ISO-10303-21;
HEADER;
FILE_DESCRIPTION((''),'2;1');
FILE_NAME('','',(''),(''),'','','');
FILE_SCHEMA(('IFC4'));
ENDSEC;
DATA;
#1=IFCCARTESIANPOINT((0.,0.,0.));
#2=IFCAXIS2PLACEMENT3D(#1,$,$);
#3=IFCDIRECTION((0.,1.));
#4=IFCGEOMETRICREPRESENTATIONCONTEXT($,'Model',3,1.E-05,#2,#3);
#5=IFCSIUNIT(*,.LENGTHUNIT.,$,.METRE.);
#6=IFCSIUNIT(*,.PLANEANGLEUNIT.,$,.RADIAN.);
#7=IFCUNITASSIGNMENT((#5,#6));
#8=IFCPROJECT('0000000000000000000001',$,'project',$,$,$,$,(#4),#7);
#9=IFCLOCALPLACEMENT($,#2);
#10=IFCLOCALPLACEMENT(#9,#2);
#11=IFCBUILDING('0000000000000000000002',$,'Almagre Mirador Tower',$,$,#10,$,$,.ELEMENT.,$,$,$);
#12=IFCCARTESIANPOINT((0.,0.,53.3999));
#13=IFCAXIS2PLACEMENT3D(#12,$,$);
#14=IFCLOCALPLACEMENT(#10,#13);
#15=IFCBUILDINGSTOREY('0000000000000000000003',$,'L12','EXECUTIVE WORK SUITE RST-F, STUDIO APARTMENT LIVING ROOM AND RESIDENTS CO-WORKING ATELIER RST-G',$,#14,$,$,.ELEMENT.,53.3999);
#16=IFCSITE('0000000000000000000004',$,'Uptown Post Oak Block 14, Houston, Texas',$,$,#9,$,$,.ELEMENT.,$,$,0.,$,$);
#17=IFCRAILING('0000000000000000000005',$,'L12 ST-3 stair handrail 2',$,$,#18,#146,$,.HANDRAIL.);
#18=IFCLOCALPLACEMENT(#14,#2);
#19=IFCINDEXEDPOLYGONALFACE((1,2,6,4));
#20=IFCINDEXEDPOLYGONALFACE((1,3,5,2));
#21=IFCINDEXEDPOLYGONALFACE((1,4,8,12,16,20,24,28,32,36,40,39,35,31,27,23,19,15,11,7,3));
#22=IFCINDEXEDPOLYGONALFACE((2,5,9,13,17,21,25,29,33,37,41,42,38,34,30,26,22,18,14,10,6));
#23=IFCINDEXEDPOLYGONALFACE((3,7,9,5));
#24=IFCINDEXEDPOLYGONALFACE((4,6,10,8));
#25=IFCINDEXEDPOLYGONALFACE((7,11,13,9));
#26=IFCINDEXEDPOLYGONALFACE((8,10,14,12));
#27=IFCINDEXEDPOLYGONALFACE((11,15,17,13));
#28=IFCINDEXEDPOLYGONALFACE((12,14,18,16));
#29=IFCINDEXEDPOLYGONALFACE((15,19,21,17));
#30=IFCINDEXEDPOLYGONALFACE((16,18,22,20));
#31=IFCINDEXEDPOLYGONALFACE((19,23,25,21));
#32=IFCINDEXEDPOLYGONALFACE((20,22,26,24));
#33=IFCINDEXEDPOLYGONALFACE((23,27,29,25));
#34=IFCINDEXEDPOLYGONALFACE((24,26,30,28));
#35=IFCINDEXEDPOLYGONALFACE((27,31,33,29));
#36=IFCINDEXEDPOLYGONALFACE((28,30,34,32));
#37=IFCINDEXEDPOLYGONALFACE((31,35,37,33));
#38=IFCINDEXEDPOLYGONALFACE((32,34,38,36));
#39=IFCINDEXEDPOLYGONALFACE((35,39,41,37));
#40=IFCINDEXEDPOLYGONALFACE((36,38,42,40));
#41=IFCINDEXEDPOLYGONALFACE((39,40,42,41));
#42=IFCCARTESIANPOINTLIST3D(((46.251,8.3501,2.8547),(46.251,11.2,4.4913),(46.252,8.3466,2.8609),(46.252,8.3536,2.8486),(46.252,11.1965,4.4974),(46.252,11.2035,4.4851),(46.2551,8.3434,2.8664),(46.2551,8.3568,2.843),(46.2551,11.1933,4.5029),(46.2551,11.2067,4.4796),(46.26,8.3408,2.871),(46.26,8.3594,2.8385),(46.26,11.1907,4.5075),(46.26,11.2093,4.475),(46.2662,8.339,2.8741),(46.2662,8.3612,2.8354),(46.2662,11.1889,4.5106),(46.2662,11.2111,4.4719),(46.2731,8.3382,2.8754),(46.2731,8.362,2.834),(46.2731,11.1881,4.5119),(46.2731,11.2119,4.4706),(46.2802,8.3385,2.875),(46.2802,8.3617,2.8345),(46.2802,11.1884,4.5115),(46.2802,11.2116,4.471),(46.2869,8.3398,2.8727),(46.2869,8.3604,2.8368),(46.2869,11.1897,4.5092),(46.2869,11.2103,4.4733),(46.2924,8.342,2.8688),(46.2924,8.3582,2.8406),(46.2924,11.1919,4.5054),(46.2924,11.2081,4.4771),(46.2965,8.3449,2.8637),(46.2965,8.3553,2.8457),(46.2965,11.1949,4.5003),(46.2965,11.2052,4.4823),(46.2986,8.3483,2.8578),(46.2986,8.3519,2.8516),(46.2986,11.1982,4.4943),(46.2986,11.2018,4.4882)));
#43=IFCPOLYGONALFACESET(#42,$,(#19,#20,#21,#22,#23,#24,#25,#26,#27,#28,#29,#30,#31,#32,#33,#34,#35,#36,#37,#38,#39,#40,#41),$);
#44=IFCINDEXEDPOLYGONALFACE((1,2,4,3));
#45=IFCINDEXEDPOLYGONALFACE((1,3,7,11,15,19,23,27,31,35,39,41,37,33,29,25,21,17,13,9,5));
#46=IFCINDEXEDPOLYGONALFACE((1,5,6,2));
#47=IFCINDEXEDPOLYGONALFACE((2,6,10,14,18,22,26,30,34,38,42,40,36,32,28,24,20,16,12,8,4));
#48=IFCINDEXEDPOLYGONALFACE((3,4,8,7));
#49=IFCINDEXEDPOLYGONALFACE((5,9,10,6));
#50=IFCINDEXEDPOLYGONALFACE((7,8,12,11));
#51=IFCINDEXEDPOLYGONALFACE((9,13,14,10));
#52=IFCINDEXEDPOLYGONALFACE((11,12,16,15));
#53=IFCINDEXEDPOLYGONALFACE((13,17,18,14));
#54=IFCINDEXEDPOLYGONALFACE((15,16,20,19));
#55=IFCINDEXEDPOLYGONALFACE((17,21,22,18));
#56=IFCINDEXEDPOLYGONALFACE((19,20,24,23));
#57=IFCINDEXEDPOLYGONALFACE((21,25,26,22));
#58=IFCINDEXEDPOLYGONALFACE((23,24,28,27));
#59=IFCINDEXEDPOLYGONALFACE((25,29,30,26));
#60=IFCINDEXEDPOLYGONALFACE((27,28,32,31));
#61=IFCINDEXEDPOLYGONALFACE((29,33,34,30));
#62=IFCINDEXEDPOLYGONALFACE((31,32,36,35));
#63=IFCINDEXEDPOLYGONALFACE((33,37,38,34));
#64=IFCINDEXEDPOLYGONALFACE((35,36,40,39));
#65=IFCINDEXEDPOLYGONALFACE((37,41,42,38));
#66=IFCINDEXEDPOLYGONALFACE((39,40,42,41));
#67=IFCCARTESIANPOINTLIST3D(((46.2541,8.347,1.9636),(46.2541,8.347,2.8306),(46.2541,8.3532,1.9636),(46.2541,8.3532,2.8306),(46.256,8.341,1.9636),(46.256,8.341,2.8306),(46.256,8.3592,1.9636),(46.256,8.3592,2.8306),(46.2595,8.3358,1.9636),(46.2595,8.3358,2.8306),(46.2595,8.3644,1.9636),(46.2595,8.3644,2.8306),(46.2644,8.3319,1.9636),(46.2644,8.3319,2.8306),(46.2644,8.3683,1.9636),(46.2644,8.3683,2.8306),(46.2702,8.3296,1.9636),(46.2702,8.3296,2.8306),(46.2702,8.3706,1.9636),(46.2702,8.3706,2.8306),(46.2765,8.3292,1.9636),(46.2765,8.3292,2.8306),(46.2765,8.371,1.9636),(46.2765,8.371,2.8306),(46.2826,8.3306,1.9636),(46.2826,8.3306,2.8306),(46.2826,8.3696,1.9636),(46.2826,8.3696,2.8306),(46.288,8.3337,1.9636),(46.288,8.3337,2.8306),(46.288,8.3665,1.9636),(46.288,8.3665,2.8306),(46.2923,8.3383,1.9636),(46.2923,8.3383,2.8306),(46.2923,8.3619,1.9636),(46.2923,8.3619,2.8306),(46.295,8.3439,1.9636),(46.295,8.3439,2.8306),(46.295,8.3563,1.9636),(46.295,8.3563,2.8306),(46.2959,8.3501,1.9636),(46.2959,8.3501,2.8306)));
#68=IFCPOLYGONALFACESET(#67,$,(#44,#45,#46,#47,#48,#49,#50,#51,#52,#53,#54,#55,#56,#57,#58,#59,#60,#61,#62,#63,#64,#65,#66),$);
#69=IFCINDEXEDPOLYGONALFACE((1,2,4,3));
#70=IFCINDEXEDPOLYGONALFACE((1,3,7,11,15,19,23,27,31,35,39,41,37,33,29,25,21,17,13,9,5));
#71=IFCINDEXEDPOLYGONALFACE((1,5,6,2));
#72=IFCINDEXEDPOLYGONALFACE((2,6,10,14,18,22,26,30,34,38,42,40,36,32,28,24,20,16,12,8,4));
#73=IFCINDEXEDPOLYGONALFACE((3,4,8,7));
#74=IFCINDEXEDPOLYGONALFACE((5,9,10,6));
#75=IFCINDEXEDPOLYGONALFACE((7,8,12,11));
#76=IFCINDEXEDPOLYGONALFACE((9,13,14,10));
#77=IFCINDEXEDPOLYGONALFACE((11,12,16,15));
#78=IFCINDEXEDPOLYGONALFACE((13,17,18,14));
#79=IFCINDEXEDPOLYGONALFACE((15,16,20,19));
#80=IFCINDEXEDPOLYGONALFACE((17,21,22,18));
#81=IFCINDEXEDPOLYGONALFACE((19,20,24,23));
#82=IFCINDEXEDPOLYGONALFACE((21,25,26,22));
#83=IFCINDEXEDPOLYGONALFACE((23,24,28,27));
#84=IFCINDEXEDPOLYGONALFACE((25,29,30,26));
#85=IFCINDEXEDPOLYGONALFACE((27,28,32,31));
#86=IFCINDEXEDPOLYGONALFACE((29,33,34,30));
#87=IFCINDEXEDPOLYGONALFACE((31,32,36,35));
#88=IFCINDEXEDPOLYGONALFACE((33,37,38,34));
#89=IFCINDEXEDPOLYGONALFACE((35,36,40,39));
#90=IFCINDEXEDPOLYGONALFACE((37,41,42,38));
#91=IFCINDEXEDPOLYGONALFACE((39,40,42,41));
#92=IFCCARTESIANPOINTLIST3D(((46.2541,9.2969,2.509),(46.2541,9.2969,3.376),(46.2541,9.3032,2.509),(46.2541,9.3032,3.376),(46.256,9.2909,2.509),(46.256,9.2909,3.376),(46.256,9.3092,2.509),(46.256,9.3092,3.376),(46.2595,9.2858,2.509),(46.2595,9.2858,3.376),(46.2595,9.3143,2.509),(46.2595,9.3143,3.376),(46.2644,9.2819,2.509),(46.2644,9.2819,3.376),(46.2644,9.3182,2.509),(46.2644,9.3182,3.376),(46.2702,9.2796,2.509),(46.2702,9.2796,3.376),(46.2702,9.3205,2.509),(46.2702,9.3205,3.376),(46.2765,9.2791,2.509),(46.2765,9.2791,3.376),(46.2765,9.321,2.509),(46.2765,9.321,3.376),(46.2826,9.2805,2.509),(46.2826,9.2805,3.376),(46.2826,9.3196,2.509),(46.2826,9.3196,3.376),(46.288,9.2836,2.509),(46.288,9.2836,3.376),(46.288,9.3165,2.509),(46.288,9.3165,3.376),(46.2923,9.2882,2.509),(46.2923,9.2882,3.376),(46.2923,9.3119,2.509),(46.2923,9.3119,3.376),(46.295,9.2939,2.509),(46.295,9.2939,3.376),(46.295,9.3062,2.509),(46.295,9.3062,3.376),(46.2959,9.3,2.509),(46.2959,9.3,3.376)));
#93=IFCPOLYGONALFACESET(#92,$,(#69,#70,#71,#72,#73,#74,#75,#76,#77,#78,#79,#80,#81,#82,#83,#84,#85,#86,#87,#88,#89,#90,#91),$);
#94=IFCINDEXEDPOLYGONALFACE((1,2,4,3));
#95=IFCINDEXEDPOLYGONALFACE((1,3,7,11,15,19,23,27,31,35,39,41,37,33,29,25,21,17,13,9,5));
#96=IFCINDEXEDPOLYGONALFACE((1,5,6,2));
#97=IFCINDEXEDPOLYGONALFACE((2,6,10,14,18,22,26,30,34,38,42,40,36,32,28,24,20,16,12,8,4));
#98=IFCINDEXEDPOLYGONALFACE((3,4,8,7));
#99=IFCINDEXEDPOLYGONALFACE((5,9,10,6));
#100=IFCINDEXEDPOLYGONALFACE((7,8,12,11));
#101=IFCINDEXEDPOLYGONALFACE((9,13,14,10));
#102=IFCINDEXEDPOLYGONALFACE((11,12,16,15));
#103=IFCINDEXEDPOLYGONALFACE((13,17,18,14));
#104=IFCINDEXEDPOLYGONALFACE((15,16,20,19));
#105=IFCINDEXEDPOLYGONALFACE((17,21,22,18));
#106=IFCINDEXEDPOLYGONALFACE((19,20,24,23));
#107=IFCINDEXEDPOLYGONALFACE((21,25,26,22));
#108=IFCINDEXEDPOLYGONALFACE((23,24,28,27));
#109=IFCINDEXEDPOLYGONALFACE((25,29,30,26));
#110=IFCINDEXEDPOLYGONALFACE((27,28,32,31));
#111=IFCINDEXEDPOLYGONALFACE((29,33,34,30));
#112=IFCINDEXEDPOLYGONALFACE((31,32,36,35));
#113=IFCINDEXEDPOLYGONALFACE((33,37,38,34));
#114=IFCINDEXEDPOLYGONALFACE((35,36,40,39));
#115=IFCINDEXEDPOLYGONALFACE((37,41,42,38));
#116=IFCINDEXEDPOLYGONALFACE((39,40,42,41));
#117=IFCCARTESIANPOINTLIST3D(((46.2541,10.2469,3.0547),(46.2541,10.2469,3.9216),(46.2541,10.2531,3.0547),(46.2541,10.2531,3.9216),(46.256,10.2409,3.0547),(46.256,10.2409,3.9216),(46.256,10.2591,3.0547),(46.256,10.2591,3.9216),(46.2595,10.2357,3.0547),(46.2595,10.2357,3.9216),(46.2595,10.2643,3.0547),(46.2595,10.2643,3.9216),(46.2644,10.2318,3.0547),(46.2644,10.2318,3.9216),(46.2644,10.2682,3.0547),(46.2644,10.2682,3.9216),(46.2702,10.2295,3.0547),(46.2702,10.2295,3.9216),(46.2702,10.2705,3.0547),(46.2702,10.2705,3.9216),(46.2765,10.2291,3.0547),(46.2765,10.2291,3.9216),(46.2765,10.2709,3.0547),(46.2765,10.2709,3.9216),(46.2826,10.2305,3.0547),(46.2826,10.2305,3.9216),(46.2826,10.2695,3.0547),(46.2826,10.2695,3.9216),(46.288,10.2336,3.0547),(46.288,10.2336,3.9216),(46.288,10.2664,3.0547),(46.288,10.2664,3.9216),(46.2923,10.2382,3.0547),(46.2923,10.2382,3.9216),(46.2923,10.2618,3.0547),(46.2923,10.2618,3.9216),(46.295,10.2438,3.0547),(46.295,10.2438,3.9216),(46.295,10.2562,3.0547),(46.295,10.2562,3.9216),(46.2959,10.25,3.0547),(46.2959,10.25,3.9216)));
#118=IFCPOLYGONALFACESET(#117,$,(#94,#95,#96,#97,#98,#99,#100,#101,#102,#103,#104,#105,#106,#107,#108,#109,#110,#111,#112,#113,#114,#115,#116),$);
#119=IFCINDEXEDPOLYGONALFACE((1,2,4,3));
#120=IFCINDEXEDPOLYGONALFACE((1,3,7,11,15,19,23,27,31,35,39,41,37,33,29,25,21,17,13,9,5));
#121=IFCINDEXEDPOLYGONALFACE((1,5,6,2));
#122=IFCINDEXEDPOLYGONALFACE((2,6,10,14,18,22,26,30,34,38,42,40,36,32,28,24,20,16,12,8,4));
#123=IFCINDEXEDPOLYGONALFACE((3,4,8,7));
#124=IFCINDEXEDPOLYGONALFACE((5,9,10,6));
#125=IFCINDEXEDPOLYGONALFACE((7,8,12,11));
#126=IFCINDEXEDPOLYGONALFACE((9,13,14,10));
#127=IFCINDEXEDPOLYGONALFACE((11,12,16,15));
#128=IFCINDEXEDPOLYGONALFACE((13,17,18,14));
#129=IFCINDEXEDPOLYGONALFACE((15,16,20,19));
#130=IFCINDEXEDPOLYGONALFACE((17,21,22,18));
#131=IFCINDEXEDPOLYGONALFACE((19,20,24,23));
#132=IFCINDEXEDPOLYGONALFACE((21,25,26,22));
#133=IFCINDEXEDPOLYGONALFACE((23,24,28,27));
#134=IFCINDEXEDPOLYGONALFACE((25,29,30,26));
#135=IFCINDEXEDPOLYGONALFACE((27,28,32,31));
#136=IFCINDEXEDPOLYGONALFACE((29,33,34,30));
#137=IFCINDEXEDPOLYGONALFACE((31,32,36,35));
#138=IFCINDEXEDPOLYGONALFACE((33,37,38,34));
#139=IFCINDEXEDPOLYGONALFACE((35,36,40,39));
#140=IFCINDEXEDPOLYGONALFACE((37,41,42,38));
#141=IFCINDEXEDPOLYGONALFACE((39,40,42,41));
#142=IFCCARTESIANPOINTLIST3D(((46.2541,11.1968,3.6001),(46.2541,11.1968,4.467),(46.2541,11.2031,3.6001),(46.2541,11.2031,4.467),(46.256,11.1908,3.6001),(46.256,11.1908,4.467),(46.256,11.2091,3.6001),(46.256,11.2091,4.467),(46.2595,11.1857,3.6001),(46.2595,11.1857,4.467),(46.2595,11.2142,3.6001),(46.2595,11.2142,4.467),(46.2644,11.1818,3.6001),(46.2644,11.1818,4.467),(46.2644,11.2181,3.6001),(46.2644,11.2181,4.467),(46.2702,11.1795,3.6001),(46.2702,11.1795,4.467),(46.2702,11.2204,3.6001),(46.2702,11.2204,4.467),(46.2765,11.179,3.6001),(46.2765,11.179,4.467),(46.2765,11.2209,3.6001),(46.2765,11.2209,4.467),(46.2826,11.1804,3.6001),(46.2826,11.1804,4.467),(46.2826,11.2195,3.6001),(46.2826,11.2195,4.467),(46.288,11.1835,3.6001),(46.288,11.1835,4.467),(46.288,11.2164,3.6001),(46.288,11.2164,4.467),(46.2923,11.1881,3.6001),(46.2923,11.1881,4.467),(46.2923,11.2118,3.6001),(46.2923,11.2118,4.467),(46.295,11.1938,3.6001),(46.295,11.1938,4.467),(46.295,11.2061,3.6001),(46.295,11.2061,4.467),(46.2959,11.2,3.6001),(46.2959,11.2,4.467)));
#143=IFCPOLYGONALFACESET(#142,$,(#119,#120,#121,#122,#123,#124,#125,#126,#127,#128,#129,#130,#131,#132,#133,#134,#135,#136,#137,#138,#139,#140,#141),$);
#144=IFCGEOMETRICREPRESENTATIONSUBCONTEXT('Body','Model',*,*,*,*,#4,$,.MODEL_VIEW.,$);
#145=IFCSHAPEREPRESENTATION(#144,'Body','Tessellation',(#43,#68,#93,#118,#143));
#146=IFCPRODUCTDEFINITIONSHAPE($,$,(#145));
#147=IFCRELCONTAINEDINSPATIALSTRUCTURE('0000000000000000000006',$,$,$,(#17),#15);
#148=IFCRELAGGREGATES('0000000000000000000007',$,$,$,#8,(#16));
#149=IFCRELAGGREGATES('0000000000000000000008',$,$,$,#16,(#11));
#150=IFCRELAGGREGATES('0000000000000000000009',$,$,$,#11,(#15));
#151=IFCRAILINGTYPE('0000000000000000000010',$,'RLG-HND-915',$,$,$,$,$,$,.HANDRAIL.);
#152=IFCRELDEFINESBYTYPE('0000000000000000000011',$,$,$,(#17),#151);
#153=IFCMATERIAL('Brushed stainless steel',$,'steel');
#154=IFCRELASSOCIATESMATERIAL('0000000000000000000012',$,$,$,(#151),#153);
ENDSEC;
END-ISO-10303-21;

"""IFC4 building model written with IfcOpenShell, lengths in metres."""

from ifc_helpers import new_model, si_unit, direction, frame, origin, origin_2d, place, context, subcontext, project, spatial, circle, extrude, material, type_object, element, save


model = new_model("IFC4")

# Units and contexts
model_context = context("Model", 3, precision=1e-05, world=origin(), true_north=direction((0.0, 1.0)))
body_context = subcontext(model_context, "Body", "Model", "MODEL_VIEW")
ifc_project = project(units=[si_unit("LENGTHUNIT", "METRE"), si_unit("PLANEANGLEUNIT", "RADIAN")], contexts=[model_context])

# Site, building, storey
site_placement = place(None, origin())
site = spatial("IfcSite", under=ifc_project, at=site_placement, Name="Uptown Post Oak Block 14, Houston, Texas", CompositionType="ELEMENT", RefElevation=0.0)
building_placement = place(site_placement, origin())
building = spatial("IfcBuilding", under=site, at=building_placement, Name="Almagre Mirador Tower", CompositionType="ELEMENT")
storey_placement = place(building_placement, frame((0.0, 0.0, 53.3999)))
storey = spatial("IfcBuildingStorey", under=building, at=storey_placement, Name="L12", Description="EXECUTIVE WORK SUITE RST-F, STUDIO APARTMENT LIVING ROOM AND RESIDENTS CO-WORKING ATELIER RST-G", CompositionType="ELEMENT", Elevation=53.3999)

# Railing
ifc_material_1 = material(Name="Brushed stainless steel", Category="steel")
railing_type_1 = type_object("IfcRailingType", Name="RLG-HND-915", PredefinedType="HANDRAIL", material=ifc_material_1)
railing_1_placement = place(storey_placement, frame((46.2749, 8.3501, 1.9636)))
element("IfcRailing", 1, at=railing_1_placement, inside=storey, type_object=railing_type_1, Name="L12 ST-3 stair handrail 2", PredefinedType="HANDRAIL", context=body_context, shape_type="SweptSolid", body=[
    extrude(circle(Radius=0.0239, at=origin_2d()), frame((0.0, 0.0, 0.8911), z_axis=(0.0, 0.867194, 0.49797), x_axis=(-1.0, 0.0, 0.0)), (0.0, 0.0, 1.0), 3.2864),
    extrude(circle(Radius=0.021, at=origin_2d()), origin(), (0.0, 0.0, 1.0), 0.8669),
    extrude(circle(Radius=0.021, at=origin_2d()), frame((0.0, 0.95, 0.5454)), (0.0, 0.0, 1.0), 0.8669),
    extrude(circle(Radius=0.021, at=origin_2d()), frame((0.0, 1.8999, 1.0911)), (0.0, 0.0, 1.0), 0.8669),
    extrude(circle(Radius=0.021, at=origin_2d()), frame((0.0, 2.8499, 1.6365)), (0.0, 0.0, 1.0), 0.8669),
])

save(model, "model.ifc")
